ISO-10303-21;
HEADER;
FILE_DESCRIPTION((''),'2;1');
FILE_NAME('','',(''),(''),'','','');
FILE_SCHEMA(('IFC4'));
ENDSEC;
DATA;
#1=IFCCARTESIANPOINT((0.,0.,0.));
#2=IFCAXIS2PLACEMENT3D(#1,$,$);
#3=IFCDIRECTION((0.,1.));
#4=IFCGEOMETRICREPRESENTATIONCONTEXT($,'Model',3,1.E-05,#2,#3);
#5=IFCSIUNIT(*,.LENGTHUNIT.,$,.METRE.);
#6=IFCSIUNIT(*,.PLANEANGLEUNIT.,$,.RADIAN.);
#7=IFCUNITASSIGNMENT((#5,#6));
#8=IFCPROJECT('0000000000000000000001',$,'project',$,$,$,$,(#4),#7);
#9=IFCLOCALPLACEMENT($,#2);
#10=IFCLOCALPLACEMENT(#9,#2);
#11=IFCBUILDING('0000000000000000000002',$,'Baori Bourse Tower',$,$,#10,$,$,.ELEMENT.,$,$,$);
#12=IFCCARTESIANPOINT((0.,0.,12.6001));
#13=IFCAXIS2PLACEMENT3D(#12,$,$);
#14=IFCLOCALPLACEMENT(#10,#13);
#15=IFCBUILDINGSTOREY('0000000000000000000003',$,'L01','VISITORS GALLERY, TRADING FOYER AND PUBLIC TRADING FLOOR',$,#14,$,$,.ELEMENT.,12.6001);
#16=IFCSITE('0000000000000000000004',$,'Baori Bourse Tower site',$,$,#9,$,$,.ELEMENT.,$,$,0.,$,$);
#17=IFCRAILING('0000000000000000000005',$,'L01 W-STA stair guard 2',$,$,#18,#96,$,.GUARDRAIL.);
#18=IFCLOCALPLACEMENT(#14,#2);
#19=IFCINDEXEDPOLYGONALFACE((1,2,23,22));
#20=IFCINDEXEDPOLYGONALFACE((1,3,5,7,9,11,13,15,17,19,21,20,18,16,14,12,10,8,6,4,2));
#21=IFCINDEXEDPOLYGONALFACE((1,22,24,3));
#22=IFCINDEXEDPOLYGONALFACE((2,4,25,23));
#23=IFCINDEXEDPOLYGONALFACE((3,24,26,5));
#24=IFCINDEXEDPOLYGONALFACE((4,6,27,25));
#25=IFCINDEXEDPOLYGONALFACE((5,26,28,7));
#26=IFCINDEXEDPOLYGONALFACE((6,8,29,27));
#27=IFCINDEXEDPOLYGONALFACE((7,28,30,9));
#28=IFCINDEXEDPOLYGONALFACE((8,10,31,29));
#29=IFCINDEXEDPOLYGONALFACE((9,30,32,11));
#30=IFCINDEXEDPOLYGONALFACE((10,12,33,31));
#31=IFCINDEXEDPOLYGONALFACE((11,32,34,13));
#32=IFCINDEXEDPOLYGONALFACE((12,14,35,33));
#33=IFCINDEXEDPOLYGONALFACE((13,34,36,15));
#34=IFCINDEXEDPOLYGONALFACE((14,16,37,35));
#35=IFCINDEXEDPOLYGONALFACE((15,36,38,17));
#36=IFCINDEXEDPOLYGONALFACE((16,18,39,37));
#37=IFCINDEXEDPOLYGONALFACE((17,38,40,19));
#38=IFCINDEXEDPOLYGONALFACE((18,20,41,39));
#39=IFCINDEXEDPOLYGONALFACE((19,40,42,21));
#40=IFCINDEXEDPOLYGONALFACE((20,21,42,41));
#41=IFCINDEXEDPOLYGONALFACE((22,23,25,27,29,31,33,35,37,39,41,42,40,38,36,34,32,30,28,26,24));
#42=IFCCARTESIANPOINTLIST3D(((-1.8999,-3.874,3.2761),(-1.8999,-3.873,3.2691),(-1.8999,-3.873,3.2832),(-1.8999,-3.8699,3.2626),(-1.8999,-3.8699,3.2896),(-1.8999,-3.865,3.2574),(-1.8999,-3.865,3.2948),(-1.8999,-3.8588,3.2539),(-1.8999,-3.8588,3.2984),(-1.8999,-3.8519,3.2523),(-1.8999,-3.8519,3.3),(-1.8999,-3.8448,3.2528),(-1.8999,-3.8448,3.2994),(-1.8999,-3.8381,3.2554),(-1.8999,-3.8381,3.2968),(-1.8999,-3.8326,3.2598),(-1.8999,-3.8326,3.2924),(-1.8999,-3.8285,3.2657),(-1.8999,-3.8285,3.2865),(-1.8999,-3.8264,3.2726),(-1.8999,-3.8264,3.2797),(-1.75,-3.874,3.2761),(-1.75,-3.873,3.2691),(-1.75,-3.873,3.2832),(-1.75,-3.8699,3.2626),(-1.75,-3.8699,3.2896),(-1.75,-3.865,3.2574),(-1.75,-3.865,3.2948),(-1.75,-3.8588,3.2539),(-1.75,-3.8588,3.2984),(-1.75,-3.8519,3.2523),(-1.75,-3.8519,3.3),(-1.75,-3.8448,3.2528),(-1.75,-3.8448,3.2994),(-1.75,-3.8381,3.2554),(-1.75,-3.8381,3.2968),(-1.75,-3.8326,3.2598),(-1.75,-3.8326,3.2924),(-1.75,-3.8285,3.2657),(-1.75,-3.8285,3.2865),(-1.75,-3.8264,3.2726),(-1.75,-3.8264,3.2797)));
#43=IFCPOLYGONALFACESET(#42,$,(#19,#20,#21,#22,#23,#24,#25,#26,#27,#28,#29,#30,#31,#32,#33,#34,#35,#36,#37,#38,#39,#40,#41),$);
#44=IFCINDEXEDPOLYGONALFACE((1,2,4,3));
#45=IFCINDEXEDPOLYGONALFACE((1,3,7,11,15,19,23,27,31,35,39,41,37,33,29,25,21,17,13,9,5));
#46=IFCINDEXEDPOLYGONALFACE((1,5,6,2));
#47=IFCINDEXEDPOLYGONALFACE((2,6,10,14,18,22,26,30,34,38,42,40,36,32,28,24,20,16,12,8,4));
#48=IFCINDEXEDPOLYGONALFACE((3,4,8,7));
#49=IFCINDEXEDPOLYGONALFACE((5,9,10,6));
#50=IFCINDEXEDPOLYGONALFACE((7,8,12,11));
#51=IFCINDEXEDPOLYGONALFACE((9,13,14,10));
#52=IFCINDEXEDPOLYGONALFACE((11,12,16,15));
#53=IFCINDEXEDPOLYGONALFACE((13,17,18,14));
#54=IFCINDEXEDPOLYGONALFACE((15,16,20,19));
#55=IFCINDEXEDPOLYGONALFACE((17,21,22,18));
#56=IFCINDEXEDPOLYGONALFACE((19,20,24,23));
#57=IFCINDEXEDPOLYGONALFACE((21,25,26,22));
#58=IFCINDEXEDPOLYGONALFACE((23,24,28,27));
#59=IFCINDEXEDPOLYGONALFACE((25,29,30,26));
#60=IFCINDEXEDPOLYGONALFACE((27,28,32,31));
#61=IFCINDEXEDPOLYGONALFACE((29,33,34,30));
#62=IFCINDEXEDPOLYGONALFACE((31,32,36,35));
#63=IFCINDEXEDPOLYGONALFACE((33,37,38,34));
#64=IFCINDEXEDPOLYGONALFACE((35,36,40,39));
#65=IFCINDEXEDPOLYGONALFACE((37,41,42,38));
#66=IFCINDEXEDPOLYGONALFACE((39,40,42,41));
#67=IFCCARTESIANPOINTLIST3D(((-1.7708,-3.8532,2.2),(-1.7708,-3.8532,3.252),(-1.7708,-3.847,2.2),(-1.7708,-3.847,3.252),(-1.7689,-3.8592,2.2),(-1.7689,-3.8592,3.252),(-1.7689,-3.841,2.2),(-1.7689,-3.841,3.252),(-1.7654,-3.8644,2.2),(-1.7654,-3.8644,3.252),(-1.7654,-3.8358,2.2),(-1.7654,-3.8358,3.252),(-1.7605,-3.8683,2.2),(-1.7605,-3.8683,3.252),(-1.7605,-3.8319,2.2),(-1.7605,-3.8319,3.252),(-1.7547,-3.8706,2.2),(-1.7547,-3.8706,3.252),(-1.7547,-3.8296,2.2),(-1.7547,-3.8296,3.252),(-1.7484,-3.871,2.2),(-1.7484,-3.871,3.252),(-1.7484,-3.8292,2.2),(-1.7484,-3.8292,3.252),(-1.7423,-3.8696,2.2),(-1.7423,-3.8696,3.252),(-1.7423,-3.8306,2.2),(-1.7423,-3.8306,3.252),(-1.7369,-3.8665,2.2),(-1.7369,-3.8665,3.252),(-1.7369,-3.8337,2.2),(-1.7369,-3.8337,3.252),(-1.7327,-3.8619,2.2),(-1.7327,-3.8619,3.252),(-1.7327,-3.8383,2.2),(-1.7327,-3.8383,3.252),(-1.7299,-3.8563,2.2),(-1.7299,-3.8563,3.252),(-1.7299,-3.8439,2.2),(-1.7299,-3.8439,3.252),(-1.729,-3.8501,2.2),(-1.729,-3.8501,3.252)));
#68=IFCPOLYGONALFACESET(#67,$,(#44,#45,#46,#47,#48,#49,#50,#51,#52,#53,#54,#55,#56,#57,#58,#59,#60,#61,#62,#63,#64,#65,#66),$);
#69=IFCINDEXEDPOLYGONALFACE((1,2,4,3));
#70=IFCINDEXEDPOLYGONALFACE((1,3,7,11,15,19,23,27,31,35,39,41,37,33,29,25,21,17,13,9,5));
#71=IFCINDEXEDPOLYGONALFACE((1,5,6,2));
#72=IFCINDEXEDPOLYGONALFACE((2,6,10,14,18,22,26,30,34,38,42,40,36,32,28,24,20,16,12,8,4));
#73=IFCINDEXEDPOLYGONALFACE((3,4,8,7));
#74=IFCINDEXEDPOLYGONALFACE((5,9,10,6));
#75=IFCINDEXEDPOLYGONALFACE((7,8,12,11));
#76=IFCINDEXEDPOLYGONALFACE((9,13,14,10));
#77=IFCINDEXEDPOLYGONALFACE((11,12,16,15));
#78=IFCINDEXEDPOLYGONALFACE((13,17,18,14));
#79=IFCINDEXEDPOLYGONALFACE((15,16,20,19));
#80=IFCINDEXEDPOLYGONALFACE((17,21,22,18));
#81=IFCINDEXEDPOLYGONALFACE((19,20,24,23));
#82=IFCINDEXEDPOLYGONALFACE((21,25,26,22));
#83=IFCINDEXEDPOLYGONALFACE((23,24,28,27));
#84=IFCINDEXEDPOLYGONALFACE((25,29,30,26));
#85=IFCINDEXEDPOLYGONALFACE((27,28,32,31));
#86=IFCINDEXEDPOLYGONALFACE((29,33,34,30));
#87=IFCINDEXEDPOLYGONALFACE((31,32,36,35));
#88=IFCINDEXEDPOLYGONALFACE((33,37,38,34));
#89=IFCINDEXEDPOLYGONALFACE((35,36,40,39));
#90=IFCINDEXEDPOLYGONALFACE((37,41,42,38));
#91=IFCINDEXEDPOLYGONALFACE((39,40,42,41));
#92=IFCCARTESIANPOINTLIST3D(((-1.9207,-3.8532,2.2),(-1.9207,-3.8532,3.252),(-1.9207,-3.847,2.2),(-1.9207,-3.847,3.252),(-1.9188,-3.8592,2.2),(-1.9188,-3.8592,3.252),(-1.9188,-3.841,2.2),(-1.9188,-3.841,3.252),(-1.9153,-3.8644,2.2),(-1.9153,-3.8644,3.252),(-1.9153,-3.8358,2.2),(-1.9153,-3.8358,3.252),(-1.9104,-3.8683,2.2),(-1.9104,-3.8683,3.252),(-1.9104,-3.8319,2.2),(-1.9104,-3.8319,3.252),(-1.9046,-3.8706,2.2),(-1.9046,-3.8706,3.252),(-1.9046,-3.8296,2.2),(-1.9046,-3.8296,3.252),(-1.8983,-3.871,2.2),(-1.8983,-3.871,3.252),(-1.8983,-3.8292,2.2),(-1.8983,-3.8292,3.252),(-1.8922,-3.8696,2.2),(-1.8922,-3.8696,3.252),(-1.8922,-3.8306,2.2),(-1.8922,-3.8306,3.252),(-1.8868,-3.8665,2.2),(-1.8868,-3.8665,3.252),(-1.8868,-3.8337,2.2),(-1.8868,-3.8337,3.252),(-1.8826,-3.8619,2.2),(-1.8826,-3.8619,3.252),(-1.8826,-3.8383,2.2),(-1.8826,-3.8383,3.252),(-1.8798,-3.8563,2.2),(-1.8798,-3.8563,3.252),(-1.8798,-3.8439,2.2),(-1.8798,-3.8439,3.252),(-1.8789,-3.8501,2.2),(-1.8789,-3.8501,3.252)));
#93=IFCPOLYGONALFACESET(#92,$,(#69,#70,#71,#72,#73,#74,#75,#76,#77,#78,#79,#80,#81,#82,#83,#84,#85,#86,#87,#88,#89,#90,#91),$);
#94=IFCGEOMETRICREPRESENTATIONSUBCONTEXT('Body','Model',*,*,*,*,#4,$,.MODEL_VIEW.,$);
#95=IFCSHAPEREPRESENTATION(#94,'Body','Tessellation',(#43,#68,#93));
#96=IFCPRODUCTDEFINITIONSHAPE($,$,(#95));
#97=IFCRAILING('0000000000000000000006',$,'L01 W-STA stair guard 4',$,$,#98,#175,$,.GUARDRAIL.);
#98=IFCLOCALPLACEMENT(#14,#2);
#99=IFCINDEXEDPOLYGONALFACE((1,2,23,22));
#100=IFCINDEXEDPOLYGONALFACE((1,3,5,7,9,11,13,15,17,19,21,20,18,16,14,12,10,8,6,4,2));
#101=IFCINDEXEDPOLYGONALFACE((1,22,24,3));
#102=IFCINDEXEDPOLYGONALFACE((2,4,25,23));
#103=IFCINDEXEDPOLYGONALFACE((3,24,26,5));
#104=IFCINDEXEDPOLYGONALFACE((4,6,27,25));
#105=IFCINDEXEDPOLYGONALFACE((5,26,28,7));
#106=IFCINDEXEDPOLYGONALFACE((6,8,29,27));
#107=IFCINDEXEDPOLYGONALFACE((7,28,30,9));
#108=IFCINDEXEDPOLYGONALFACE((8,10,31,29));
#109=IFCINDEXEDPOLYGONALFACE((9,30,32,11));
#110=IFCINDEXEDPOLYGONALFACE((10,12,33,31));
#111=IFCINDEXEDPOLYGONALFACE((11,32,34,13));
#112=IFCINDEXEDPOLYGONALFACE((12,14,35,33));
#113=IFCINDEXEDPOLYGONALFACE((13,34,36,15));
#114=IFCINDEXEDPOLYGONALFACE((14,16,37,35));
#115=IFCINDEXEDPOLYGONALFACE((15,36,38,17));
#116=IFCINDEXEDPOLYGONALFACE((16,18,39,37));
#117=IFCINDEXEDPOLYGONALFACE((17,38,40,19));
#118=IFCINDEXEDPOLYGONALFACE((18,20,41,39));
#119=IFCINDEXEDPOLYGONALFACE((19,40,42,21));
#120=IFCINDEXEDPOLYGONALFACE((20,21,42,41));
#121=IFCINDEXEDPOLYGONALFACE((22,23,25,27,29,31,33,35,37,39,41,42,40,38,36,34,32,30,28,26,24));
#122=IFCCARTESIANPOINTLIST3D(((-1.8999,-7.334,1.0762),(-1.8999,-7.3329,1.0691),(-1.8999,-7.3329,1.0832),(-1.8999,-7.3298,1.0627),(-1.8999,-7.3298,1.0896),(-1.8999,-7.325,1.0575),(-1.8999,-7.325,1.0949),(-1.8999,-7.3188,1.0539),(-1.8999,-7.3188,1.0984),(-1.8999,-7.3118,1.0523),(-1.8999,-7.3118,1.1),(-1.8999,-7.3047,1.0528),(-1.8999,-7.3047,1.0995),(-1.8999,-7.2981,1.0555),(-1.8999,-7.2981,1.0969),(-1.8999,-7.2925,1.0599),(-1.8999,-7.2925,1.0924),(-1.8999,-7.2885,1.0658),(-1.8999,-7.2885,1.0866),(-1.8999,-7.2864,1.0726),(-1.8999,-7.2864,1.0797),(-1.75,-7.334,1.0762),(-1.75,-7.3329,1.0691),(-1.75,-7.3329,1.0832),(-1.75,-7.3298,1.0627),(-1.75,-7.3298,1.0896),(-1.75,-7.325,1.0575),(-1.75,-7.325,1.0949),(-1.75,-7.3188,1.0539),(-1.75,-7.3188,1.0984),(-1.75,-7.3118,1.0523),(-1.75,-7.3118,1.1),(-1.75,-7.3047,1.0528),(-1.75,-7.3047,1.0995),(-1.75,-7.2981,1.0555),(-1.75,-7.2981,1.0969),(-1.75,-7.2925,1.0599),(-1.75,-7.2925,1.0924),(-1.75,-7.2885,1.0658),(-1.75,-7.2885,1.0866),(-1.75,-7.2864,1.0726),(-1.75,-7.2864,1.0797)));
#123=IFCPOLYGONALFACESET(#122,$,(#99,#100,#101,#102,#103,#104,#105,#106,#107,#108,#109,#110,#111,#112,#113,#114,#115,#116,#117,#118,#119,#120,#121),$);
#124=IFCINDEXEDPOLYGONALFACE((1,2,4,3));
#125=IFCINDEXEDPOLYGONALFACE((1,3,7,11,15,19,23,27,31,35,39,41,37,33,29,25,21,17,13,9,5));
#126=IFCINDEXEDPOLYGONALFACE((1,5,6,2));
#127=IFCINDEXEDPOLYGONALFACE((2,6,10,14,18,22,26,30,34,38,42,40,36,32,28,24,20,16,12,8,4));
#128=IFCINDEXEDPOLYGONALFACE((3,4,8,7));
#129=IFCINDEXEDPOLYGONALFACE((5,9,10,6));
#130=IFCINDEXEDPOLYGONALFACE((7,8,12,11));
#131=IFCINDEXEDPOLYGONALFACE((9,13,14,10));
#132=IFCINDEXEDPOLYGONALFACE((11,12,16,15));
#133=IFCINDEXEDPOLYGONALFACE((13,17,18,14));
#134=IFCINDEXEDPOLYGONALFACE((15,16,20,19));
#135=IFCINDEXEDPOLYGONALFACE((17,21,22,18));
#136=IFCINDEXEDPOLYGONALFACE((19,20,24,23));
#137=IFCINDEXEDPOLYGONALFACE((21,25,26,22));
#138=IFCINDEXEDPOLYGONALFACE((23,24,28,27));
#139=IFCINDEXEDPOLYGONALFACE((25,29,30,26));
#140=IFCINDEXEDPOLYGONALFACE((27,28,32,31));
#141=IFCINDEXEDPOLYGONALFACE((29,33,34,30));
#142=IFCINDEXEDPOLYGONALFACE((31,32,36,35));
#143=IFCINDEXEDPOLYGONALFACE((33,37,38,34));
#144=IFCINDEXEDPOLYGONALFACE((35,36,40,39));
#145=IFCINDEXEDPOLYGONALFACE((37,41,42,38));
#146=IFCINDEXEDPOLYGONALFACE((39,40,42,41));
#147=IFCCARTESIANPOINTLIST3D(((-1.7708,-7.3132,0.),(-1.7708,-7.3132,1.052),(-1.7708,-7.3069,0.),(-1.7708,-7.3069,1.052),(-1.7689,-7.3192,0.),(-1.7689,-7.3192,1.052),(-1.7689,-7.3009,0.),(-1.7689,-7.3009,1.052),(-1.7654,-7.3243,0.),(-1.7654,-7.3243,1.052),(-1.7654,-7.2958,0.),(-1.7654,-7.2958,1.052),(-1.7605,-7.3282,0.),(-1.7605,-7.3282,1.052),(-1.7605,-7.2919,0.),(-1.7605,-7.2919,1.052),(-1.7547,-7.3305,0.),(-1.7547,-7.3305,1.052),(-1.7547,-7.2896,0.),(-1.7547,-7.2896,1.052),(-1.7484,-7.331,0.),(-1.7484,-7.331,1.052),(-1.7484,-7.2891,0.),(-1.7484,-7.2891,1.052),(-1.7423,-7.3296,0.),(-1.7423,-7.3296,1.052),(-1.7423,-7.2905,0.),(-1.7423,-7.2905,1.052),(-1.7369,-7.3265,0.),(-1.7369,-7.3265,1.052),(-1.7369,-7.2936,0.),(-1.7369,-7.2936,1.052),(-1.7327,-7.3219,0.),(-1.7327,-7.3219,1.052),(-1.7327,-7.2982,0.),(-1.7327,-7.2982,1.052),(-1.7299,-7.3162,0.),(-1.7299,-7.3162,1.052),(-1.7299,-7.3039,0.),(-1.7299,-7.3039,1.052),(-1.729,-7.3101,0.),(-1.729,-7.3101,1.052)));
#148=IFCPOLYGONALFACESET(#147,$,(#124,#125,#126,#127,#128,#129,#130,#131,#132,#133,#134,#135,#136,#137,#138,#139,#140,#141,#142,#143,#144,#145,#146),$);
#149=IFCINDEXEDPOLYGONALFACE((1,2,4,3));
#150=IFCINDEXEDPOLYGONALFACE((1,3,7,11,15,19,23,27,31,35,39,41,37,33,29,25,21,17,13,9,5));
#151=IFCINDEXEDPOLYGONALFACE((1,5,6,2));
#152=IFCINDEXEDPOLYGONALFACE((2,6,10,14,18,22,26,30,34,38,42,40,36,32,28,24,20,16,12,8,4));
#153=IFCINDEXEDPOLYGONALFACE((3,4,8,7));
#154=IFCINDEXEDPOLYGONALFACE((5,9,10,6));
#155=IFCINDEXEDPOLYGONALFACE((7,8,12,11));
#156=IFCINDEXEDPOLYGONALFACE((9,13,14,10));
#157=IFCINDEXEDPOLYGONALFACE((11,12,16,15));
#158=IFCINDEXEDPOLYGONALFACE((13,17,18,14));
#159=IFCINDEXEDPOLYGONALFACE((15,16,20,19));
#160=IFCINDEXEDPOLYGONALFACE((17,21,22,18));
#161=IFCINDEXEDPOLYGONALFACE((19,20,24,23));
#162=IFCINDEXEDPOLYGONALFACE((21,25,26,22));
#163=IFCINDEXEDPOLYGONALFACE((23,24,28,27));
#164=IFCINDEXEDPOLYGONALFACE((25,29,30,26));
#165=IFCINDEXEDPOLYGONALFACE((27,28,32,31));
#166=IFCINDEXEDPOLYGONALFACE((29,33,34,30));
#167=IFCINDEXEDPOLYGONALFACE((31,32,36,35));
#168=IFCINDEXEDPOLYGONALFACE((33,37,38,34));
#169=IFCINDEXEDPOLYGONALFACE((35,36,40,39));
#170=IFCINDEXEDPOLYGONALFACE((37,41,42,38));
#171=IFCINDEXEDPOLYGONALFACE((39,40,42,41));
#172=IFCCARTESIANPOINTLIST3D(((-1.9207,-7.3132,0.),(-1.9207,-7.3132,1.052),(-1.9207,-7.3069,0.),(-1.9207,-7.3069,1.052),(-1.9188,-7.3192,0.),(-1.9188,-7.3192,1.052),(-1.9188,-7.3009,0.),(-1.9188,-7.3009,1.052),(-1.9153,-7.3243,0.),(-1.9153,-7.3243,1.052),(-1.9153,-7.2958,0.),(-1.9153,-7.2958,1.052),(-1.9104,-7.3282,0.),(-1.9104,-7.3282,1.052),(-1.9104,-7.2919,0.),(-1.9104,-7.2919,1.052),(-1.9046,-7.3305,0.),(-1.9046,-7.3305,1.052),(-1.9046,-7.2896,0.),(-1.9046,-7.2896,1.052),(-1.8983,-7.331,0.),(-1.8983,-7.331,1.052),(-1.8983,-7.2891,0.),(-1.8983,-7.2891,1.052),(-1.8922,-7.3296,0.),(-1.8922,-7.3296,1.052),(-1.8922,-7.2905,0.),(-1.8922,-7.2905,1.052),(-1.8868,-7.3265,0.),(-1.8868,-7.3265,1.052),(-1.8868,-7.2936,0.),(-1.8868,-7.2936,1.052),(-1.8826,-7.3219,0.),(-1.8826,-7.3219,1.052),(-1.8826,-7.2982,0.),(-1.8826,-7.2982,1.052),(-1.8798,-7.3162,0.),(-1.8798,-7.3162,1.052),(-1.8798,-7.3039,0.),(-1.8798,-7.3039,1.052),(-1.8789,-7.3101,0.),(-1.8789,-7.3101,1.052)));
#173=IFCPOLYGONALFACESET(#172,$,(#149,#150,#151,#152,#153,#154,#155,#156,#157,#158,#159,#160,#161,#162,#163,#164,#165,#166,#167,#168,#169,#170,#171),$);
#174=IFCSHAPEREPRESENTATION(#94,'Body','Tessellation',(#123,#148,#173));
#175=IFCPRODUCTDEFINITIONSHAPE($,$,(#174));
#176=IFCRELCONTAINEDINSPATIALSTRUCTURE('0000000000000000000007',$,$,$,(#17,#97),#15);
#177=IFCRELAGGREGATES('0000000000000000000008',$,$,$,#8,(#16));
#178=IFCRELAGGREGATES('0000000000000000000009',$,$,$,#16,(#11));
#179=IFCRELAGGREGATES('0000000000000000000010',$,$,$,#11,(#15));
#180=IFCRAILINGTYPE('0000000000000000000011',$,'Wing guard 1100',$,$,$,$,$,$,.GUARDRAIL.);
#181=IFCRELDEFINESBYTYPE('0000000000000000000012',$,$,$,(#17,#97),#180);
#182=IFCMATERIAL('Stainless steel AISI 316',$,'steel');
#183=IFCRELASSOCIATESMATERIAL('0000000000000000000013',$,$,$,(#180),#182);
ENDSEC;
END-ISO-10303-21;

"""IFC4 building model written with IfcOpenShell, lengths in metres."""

from ifc_helpers import new_model, si_unit, direction, frame, origin, origin_2d, place, context, subcontext, project, spatial, circle, extrude, material, type_object, element, save


model = new_model("IFC4")

# Units and contexts
model_context = context("Model", 3, precision=1e-05, world=origin(), true_north=direction((0.0, 1.0)))
body_context = subcontext(model_context, "Body", "Model", "MODEL_VIEW")
ifc_project = project(units=[si_unit("LENGTHUNIT", "METRE"), si_unit("PLANEANGLEUNIT", "RADIAN")], contexts=[model_context])

# Site, building, storey
site_placement = place(None, origin())
site = spatial("IfcSite", under=ifc_project, at=site_placement, Name="Baori Bourse Tower site", CompositionType="ELEMENT", RefElevation=0.0)
building_placement = place(site_placement, origin())
building = spatial("IfcBuilding", under=site, at=building_placement, Name="Baori Bourse Tower", CompositionType="ELEMENT")
storey_placement = place(building_placement, frame((0.0, 0.0, 12.6001)))
storey = spatial("IfcBuildingStorey", under=building, at=storey_placement, Name="L01", Description="VISITORS GALLERY, TRADING FOYER AND PUBLIC TRADING FLOOR", CompositionType="ELEMENT", Elevation=12.6001)

# Railings
ifc_material_1 = material(Name="Stainless steel AISI 316", Category="steel")
railing_type_1 = type_object("IfcRailingType", Name="Wing guard 1100", PredefinedType="GUARDRAIL", material=ifc_material_1)
for number, where, name in (
    (1, (-1.75, -3.8501, 2.2), "L01 W-STA stair guard 2"),
    (2, (-1.75, -7.3101, 0.0), "L01 W-STA stair guard 4"),
):
    element("IfcRailing", number, at=place(storey_placement, frame(where)), inside=storey, type_object=railing_type_1, Name=name, PredefinedType="GUARDRAIL", context=body_context, shape_type="SweptSolid", body=[
        extrude(circle(Radius=0.0239, at=origin_2d()), frame((0.0, 0.0, 1.0762), z_axis=(-1.0, 0.0, 0.0), x_axis=(0.0, -1.0, 0.0)), (0.0, 0.0, 1.0), 0.1499),
        extrude(circle(Radius=0.021, at=origin_2d()), origin(), (0.0, 0.0, 1.0), 1.052),
        extrude(circle(Radius=0.021, at=origin_2d()), frame((-0.1499, 0.0, 0.0)), (0.0, 0.0, 1.0), 1.052),
    ])

save(model, "model.ifc")
